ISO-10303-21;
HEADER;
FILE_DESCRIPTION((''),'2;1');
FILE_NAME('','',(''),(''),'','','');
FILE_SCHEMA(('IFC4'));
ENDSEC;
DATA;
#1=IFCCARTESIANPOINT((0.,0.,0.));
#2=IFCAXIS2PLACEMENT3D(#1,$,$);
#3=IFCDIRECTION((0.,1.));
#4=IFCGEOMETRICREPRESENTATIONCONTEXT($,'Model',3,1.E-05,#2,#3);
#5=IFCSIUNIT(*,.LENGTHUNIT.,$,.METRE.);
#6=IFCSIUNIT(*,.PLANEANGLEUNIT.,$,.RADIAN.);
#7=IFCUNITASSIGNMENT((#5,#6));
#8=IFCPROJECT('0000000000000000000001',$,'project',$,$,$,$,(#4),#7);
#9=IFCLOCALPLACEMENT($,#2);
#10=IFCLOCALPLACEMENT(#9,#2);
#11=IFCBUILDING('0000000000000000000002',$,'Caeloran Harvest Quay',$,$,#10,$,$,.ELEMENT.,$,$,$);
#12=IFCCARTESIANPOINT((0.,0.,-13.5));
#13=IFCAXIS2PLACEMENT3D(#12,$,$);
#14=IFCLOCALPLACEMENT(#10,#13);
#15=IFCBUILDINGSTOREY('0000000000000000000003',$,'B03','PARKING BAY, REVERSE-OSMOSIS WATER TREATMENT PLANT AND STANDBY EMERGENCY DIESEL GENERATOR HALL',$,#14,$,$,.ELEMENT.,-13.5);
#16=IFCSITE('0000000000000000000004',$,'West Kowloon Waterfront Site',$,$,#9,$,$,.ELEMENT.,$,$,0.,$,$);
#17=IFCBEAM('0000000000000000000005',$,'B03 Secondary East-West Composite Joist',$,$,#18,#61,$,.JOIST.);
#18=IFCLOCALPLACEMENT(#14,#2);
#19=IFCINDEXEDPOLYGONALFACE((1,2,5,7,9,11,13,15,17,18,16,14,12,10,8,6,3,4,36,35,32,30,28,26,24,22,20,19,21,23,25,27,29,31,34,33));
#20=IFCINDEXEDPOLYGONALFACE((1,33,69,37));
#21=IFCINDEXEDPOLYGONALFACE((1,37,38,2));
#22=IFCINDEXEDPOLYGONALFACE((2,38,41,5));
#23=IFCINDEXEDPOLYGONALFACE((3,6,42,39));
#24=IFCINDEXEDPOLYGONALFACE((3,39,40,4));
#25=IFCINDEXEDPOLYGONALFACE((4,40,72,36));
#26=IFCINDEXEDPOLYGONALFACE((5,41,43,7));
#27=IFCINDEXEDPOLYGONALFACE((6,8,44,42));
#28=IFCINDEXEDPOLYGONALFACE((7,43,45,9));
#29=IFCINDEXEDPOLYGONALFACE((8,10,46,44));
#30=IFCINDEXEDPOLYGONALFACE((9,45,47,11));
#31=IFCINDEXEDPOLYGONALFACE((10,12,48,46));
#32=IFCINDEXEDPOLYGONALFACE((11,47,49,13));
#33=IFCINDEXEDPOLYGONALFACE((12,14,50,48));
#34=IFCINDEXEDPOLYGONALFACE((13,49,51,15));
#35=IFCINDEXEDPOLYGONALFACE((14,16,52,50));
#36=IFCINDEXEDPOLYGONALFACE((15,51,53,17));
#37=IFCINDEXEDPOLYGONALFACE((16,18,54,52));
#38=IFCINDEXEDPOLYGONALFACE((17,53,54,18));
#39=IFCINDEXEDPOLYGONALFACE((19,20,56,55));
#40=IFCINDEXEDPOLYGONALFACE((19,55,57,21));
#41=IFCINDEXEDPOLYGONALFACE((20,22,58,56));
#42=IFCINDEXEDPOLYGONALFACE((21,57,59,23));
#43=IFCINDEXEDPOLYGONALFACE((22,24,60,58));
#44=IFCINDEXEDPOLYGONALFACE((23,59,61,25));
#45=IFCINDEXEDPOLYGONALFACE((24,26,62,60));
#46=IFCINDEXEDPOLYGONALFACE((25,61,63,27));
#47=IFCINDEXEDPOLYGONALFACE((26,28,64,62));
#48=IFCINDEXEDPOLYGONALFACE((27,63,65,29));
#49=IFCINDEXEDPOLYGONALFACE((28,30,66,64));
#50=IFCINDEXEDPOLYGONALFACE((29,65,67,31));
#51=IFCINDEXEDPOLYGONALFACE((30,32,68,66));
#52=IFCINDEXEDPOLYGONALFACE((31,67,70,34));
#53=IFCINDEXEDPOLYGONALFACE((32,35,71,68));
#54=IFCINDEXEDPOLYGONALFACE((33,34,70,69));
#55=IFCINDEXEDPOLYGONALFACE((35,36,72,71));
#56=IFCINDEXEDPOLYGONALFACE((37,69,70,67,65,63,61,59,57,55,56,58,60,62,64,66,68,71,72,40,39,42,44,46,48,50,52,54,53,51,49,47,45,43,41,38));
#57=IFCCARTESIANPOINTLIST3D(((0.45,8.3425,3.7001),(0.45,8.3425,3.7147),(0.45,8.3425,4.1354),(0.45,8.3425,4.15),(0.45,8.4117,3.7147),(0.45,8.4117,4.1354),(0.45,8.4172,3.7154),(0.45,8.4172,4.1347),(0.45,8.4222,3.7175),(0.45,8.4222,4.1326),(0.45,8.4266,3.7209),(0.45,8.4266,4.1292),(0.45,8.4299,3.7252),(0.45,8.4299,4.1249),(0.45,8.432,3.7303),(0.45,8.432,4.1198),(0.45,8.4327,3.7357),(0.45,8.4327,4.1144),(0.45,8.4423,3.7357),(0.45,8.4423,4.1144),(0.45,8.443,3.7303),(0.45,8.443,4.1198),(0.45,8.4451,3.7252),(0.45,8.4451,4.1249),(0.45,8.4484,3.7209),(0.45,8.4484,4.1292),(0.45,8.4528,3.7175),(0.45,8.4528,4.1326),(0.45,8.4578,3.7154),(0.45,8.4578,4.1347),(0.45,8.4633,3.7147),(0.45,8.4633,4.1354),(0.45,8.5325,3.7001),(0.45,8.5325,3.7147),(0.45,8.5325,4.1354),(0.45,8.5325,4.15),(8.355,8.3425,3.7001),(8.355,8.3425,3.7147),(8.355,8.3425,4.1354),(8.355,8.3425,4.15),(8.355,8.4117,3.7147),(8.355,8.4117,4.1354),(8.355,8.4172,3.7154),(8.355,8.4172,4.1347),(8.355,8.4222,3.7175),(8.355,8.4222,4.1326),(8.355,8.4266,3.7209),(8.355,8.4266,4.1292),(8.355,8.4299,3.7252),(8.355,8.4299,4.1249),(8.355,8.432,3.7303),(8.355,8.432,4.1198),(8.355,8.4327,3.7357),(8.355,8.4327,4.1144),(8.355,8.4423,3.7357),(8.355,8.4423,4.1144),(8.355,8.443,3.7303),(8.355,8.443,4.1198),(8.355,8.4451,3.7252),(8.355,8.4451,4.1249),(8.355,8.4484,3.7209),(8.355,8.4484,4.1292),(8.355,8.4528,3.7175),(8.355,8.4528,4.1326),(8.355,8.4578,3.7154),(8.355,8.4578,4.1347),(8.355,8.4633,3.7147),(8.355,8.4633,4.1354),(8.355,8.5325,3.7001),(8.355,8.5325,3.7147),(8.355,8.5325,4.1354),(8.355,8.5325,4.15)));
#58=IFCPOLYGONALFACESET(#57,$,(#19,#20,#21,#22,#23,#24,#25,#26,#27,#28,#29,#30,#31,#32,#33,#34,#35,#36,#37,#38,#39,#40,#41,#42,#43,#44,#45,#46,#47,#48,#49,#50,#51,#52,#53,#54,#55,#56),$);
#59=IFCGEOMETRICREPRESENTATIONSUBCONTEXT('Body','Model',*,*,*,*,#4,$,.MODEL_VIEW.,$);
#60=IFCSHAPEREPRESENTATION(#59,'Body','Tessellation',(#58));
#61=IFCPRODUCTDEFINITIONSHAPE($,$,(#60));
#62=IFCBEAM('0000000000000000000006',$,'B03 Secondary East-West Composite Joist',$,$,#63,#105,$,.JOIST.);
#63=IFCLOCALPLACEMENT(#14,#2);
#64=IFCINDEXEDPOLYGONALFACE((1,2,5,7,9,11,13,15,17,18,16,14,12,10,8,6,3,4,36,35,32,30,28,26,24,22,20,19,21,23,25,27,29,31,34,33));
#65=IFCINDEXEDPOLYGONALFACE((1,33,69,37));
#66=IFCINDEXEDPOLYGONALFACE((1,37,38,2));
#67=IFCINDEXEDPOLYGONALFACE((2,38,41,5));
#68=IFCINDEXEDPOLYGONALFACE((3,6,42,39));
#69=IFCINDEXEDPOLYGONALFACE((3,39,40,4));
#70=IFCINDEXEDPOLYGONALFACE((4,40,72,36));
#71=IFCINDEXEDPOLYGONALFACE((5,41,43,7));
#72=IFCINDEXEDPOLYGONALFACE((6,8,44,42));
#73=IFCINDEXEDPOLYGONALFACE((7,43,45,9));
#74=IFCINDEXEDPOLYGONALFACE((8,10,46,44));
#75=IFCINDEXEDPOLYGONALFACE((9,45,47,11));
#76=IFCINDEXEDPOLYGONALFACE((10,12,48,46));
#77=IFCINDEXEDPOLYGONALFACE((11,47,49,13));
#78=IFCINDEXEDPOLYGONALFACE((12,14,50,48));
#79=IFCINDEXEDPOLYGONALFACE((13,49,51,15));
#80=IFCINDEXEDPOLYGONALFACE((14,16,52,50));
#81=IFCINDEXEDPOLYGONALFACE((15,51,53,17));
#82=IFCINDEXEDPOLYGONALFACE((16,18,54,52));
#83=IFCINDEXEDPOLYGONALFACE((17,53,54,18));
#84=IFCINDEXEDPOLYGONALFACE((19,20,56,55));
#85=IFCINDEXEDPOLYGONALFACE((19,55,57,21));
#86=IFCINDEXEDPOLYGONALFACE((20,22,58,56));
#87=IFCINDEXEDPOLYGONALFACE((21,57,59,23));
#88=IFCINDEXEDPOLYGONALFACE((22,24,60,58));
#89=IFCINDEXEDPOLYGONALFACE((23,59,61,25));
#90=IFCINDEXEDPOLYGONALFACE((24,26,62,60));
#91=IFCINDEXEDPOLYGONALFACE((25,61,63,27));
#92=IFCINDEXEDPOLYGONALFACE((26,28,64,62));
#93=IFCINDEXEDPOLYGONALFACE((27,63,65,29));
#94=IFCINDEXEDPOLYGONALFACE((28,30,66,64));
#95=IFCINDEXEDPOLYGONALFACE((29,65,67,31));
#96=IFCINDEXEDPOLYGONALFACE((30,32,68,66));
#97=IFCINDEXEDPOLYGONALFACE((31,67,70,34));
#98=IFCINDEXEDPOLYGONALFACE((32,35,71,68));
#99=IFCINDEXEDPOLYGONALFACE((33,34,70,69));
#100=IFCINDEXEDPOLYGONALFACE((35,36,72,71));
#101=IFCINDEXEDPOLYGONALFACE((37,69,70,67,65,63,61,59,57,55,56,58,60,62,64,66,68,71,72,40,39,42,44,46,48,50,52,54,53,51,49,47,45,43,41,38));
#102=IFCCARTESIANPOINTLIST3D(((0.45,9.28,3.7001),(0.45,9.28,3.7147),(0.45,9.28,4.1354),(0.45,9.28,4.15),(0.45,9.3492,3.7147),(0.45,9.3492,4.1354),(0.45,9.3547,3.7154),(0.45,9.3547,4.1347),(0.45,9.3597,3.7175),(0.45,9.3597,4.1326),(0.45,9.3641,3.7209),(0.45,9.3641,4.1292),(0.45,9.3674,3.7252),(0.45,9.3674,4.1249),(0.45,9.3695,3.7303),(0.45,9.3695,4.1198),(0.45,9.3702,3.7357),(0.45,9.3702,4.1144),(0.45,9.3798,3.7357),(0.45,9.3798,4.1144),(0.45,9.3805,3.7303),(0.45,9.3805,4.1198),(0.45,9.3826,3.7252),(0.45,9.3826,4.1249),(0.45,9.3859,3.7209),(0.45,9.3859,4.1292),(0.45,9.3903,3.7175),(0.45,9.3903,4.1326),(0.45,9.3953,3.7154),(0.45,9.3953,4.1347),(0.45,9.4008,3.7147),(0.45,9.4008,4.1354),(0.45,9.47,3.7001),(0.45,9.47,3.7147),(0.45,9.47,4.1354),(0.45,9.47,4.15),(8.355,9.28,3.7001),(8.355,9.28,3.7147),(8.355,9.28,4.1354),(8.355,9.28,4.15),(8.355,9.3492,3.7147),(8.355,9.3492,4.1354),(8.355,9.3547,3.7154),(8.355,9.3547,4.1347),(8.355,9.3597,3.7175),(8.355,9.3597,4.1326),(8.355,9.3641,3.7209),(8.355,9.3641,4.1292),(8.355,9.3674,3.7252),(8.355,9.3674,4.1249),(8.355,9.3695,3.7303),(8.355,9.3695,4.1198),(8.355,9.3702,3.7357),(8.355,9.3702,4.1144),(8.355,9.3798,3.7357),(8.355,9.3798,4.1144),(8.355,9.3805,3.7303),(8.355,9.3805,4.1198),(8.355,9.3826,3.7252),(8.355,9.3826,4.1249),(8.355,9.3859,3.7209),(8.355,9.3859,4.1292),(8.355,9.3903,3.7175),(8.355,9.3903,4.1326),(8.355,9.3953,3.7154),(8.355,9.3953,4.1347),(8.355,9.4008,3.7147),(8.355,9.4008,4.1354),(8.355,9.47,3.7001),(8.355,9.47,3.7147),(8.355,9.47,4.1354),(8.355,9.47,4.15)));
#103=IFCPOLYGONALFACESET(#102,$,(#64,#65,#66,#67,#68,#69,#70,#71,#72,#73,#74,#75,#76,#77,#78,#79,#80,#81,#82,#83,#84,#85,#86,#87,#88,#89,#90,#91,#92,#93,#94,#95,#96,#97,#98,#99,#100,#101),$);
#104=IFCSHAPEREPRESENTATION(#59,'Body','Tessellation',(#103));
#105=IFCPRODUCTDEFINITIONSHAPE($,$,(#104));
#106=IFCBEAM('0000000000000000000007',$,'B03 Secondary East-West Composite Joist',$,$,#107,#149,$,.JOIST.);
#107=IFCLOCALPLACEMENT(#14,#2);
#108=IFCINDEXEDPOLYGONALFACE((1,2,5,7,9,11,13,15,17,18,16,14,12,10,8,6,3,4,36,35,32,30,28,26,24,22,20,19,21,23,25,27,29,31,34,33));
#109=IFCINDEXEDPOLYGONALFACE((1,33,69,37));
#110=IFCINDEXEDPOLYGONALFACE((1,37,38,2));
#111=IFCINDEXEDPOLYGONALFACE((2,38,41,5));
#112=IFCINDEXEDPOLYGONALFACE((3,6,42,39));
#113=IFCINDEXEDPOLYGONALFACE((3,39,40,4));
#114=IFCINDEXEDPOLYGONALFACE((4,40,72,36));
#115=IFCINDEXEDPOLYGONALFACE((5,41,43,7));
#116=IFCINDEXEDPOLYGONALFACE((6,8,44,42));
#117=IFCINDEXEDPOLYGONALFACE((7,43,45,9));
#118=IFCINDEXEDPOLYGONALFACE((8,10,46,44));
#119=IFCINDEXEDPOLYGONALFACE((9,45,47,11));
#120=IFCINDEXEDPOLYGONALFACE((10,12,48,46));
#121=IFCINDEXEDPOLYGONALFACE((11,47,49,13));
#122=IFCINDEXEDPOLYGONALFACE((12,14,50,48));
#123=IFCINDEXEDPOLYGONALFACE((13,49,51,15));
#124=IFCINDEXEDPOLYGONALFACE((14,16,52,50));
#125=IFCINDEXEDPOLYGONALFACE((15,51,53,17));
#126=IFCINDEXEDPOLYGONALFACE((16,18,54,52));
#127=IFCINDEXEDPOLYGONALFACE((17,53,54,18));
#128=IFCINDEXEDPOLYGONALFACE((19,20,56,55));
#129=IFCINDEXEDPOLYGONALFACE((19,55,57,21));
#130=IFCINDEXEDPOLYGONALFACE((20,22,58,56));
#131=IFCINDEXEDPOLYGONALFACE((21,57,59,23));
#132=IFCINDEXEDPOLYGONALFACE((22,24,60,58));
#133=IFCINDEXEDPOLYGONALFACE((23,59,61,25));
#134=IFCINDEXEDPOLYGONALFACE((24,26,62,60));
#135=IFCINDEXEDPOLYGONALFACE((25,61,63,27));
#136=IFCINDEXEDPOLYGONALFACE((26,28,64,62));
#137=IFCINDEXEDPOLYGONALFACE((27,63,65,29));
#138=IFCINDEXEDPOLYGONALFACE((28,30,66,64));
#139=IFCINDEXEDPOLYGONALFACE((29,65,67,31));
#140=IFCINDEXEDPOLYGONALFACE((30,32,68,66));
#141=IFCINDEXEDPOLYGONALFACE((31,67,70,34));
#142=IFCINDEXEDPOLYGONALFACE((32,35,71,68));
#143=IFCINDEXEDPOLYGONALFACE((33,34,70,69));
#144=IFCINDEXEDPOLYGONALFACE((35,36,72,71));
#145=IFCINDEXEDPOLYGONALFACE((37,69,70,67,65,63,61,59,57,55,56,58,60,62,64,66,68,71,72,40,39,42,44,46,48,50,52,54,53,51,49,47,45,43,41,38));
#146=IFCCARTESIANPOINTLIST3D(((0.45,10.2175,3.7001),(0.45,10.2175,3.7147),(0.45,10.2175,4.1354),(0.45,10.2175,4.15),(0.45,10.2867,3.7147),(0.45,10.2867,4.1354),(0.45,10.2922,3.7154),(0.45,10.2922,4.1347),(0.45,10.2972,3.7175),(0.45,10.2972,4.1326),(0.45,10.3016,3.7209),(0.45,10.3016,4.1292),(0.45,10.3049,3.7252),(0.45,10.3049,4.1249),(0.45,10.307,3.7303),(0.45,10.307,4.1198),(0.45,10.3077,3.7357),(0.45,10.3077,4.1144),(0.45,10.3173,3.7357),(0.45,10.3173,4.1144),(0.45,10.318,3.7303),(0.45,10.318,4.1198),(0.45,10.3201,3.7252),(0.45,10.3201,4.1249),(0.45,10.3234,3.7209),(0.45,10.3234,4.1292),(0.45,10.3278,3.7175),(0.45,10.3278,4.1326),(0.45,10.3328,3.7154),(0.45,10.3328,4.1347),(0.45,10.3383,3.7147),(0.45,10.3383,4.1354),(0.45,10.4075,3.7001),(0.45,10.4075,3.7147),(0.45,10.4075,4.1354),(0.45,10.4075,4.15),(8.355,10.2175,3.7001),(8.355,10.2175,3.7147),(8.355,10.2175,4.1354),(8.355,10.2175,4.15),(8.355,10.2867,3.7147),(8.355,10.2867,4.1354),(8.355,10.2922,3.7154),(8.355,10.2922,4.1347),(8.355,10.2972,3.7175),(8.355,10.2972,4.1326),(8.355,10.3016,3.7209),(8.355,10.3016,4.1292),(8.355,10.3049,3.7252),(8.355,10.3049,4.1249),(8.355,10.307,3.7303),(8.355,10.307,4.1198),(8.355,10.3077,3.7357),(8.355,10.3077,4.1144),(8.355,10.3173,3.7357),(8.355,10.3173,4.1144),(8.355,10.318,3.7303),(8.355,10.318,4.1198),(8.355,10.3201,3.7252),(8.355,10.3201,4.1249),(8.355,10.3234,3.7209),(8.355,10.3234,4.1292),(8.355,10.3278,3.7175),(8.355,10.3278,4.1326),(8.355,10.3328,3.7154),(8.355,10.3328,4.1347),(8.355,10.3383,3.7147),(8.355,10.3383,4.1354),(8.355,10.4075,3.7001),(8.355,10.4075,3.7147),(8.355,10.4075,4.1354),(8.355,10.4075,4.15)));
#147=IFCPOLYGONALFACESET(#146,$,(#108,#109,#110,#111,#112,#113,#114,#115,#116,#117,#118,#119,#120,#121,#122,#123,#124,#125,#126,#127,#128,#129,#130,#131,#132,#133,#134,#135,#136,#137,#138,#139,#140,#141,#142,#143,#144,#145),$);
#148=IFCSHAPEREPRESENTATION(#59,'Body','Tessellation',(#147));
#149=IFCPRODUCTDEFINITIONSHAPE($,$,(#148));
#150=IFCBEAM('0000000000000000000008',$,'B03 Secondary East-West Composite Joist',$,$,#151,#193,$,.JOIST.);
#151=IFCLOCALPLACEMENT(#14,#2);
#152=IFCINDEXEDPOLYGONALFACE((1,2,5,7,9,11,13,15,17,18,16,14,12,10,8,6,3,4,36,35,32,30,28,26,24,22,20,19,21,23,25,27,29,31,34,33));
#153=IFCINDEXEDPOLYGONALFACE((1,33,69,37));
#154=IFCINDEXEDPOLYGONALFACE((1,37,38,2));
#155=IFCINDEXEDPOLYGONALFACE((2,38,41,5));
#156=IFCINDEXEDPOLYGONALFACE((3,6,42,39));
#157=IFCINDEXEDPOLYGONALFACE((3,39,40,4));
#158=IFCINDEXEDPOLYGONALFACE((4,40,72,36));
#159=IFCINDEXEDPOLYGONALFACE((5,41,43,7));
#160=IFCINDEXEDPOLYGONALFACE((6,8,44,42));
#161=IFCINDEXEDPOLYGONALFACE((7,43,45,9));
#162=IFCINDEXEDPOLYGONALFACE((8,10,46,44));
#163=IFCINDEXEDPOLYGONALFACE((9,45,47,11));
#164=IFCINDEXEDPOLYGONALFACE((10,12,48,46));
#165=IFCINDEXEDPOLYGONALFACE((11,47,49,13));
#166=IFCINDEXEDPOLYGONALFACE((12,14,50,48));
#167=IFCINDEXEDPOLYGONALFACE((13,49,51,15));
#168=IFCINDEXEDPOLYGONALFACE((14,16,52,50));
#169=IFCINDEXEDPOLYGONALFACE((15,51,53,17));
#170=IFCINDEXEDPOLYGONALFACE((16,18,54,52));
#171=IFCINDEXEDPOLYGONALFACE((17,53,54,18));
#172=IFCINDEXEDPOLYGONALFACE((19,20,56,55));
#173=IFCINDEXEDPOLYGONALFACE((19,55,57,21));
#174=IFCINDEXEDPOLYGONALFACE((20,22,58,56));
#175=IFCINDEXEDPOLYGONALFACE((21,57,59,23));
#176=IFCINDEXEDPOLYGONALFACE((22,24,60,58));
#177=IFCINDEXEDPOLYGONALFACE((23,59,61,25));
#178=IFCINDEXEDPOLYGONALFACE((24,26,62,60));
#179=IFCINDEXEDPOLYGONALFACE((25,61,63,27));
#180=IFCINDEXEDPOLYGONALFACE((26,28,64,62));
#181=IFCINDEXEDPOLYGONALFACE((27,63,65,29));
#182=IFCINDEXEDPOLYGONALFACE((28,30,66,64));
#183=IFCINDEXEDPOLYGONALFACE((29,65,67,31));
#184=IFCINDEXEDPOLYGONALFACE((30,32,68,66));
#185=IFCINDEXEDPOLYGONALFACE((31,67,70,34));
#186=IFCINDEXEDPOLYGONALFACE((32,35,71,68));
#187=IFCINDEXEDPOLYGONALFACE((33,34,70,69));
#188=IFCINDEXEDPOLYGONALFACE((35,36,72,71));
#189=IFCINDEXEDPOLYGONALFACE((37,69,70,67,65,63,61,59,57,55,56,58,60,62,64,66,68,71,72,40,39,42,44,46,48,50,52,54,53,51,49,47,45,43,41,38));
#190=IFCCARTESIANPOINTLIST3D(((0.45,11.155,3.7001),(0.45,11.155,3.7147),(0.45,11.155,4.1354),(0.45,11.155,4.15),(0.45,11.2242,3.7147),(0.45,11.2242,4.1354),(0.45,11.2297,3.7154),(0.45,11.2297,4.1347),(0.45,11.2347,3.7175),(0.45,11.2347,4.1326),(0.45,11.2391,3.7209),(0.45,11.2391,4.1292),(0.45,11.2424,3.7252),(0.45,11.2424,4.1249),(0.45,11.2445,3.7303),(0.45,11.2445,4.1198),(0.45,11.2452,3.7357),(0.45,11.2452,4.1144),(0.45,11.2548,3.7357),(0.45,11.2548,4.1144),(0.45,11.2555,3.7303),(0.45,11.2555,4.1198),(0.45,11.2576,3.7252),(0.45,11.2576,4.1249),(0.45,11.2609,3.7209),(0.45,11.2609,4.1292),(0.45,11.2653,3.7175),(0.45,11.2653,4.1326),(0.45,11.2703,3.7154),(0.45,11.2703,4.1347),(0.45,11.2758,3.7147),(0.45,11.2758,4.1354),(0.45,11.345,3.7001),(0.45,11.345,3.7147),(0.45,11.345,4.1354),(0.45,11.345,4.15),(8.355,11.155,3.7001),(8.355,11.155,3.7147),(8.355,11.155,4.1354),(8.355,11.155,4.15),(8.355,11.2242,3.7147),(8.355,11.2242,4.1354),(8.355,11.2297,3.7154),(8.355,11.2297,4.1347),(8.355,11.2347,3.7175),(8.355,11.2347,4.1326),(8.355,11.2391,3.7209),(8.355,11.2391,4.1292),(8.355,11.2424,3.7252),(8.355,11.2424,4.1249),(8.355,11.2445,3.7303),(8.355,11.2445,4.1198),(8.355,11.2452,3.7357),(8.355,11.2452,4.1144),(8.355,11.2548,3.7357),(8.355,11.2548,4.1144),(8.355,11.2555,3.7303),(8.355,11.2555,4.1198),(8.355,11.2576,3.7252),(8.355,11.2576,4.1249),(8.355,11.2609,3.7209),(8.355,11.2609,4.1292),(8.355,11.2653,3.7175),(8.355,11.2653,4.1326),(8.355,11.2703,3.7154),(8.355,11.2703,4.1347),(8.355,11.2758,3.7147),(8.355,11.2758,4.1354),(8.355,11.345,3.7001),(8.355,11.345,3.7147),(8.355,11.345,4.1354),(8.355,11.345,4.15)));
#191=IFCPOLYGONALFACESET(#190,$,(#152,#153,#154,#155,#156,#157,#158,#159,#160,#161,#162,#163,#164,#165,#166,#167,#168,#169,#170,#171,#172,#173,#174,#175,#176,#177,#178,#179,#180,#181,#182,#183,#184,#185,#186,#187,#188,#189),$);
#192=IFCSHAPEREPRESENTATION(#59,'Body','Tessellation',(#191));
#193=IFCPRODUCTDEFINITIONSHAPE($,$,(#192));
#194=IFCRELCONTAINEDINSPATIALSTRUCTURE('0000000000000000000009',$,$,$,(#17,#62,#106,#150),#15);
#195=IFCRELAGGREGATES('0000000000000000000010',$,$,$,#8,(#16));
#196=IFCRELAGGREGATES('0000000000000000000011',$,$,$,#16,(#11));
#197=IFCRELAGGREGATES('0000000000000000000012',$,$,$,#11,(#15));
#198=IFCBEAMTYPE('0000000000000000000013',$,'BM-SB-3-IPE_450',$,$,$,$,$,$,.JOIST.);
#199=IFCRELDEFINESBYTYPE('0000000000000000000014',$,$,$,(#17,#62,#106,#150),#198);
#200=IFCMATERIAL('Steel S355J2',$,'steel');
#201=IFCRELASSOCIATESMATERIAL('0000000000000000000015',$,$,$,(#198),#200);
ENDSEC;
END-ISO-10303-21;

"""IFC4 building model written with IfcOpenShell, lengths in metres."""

from ifc_helpers import new_model, si_unit, direction, frame, origin, origin_2d, place, context, subcontext, project, spatial, i_section, extrude, material, material_profile, profile_set, type_object, element, save


model = new_model("IFC4")

# Units and contexts
model_context = context("Model", 3, precision=1e-05, world=origin(), true_north=direction((0.0, 1.0)))
body_context = subcontext(model_context, "Body", "Model", "MODEL_VIEW")
ifc_project = project(units=[si_unit("LENGTHUNIT", "METRE"), si_unit("PLANEANGLEUNIT", "RADIAN")], contexts=[model_context])

# Site, building, storey
site_placement = place(None, origin())
site = spatial("IfcSite", under=ifc_project, at=site_placement, Name="West Kowloon Waterfront Site", CompositionType="ELEMENT", RefElevation=0.0)
building_placement = place(site_placement, origin())
building = spatial("IfcBuilding", under=site, at=building_placement, Name="Caeloran Harvest Quay", CompositionType="ELEMENT")
storey_placement = place(building_placement, frame((0.0, 0.0, -13.5)))
storey = spatial("IfcBuildingStorey", under=building, at=storey_placement, Name="B03", Description="PARKING BAY, REVERSE-OSMOSIS WATER TREATMENT PLANT AND STANDBY EMERGENCY DIESEL GENERATOR HALL", CompositionType="ELEMENT", Elevation=-13.5)

# Beams
ifc_material_1 = material(Name="Steel S355J2", Category="steel")
ifc_material_profile_1 = material_profile(ifc_material_1, i_section(OverallWidth=0.1899, OverallDepth=0.45, WebThickness=0.0095, FlangeThickness=0.0146, FilletRadius=0.021, at=origin_2d()), Name="IPE 450")
ifc_profile_set_1 = profile_set([ifc_material_profile_1], Name="Steel S355J2")
beam_type_1 = type_object("IfcBeamType", Name="BM-SB-3-IPE_450", PredefinedType="JOIST", material=ifc_profile_set_1)
for number, where, z_axis, x_axis, name in (
    (1, (0.45, 8.4375, 3.925), (1.0, 0.0, 0.0), (0.0, 1.0, 0.0), "B03 Secondary East-West Composite Joist"),
    (2, (0.45, 9.375, 3.925), (1.0, 0.0, 0.0), (0.0, 1.0, 0.0), "B03 Secondary East-West Composite Joist"),
    (3, (0.45, 10.3125, 3.925), (1.0, 0.0, 0.0), (0.0, 1.0, 0.0), "B03 Secondary East-West Composite Joist"),
    (4, (0.45, 11.25, 3.925), (1.0, 0.0, 0.0), (0.0, 1.0, 0.0), "B03 Secondary East-West Composite Joist"),
):
    element("IfcBeam", number, at=place(storey_placement, frame(where, z_axis=z_axis, x_axis=x_axis)), inside=storey, type_object=beam_type_1, Name=name, PredefinedType="JOIST", context=body_context, shape_type="SweptSolid", body=[
        extrude(i_section(OverallWidth=0.1899, OverallDepth=0.45, WebThickness=0.0095, FlangeThickness=0.0146, FilletRadius=0.021, at=origin_2d()), origin(), (0.0, 0.0, 1.0), 7.905),
    ])

save(model, "model.ifc")
